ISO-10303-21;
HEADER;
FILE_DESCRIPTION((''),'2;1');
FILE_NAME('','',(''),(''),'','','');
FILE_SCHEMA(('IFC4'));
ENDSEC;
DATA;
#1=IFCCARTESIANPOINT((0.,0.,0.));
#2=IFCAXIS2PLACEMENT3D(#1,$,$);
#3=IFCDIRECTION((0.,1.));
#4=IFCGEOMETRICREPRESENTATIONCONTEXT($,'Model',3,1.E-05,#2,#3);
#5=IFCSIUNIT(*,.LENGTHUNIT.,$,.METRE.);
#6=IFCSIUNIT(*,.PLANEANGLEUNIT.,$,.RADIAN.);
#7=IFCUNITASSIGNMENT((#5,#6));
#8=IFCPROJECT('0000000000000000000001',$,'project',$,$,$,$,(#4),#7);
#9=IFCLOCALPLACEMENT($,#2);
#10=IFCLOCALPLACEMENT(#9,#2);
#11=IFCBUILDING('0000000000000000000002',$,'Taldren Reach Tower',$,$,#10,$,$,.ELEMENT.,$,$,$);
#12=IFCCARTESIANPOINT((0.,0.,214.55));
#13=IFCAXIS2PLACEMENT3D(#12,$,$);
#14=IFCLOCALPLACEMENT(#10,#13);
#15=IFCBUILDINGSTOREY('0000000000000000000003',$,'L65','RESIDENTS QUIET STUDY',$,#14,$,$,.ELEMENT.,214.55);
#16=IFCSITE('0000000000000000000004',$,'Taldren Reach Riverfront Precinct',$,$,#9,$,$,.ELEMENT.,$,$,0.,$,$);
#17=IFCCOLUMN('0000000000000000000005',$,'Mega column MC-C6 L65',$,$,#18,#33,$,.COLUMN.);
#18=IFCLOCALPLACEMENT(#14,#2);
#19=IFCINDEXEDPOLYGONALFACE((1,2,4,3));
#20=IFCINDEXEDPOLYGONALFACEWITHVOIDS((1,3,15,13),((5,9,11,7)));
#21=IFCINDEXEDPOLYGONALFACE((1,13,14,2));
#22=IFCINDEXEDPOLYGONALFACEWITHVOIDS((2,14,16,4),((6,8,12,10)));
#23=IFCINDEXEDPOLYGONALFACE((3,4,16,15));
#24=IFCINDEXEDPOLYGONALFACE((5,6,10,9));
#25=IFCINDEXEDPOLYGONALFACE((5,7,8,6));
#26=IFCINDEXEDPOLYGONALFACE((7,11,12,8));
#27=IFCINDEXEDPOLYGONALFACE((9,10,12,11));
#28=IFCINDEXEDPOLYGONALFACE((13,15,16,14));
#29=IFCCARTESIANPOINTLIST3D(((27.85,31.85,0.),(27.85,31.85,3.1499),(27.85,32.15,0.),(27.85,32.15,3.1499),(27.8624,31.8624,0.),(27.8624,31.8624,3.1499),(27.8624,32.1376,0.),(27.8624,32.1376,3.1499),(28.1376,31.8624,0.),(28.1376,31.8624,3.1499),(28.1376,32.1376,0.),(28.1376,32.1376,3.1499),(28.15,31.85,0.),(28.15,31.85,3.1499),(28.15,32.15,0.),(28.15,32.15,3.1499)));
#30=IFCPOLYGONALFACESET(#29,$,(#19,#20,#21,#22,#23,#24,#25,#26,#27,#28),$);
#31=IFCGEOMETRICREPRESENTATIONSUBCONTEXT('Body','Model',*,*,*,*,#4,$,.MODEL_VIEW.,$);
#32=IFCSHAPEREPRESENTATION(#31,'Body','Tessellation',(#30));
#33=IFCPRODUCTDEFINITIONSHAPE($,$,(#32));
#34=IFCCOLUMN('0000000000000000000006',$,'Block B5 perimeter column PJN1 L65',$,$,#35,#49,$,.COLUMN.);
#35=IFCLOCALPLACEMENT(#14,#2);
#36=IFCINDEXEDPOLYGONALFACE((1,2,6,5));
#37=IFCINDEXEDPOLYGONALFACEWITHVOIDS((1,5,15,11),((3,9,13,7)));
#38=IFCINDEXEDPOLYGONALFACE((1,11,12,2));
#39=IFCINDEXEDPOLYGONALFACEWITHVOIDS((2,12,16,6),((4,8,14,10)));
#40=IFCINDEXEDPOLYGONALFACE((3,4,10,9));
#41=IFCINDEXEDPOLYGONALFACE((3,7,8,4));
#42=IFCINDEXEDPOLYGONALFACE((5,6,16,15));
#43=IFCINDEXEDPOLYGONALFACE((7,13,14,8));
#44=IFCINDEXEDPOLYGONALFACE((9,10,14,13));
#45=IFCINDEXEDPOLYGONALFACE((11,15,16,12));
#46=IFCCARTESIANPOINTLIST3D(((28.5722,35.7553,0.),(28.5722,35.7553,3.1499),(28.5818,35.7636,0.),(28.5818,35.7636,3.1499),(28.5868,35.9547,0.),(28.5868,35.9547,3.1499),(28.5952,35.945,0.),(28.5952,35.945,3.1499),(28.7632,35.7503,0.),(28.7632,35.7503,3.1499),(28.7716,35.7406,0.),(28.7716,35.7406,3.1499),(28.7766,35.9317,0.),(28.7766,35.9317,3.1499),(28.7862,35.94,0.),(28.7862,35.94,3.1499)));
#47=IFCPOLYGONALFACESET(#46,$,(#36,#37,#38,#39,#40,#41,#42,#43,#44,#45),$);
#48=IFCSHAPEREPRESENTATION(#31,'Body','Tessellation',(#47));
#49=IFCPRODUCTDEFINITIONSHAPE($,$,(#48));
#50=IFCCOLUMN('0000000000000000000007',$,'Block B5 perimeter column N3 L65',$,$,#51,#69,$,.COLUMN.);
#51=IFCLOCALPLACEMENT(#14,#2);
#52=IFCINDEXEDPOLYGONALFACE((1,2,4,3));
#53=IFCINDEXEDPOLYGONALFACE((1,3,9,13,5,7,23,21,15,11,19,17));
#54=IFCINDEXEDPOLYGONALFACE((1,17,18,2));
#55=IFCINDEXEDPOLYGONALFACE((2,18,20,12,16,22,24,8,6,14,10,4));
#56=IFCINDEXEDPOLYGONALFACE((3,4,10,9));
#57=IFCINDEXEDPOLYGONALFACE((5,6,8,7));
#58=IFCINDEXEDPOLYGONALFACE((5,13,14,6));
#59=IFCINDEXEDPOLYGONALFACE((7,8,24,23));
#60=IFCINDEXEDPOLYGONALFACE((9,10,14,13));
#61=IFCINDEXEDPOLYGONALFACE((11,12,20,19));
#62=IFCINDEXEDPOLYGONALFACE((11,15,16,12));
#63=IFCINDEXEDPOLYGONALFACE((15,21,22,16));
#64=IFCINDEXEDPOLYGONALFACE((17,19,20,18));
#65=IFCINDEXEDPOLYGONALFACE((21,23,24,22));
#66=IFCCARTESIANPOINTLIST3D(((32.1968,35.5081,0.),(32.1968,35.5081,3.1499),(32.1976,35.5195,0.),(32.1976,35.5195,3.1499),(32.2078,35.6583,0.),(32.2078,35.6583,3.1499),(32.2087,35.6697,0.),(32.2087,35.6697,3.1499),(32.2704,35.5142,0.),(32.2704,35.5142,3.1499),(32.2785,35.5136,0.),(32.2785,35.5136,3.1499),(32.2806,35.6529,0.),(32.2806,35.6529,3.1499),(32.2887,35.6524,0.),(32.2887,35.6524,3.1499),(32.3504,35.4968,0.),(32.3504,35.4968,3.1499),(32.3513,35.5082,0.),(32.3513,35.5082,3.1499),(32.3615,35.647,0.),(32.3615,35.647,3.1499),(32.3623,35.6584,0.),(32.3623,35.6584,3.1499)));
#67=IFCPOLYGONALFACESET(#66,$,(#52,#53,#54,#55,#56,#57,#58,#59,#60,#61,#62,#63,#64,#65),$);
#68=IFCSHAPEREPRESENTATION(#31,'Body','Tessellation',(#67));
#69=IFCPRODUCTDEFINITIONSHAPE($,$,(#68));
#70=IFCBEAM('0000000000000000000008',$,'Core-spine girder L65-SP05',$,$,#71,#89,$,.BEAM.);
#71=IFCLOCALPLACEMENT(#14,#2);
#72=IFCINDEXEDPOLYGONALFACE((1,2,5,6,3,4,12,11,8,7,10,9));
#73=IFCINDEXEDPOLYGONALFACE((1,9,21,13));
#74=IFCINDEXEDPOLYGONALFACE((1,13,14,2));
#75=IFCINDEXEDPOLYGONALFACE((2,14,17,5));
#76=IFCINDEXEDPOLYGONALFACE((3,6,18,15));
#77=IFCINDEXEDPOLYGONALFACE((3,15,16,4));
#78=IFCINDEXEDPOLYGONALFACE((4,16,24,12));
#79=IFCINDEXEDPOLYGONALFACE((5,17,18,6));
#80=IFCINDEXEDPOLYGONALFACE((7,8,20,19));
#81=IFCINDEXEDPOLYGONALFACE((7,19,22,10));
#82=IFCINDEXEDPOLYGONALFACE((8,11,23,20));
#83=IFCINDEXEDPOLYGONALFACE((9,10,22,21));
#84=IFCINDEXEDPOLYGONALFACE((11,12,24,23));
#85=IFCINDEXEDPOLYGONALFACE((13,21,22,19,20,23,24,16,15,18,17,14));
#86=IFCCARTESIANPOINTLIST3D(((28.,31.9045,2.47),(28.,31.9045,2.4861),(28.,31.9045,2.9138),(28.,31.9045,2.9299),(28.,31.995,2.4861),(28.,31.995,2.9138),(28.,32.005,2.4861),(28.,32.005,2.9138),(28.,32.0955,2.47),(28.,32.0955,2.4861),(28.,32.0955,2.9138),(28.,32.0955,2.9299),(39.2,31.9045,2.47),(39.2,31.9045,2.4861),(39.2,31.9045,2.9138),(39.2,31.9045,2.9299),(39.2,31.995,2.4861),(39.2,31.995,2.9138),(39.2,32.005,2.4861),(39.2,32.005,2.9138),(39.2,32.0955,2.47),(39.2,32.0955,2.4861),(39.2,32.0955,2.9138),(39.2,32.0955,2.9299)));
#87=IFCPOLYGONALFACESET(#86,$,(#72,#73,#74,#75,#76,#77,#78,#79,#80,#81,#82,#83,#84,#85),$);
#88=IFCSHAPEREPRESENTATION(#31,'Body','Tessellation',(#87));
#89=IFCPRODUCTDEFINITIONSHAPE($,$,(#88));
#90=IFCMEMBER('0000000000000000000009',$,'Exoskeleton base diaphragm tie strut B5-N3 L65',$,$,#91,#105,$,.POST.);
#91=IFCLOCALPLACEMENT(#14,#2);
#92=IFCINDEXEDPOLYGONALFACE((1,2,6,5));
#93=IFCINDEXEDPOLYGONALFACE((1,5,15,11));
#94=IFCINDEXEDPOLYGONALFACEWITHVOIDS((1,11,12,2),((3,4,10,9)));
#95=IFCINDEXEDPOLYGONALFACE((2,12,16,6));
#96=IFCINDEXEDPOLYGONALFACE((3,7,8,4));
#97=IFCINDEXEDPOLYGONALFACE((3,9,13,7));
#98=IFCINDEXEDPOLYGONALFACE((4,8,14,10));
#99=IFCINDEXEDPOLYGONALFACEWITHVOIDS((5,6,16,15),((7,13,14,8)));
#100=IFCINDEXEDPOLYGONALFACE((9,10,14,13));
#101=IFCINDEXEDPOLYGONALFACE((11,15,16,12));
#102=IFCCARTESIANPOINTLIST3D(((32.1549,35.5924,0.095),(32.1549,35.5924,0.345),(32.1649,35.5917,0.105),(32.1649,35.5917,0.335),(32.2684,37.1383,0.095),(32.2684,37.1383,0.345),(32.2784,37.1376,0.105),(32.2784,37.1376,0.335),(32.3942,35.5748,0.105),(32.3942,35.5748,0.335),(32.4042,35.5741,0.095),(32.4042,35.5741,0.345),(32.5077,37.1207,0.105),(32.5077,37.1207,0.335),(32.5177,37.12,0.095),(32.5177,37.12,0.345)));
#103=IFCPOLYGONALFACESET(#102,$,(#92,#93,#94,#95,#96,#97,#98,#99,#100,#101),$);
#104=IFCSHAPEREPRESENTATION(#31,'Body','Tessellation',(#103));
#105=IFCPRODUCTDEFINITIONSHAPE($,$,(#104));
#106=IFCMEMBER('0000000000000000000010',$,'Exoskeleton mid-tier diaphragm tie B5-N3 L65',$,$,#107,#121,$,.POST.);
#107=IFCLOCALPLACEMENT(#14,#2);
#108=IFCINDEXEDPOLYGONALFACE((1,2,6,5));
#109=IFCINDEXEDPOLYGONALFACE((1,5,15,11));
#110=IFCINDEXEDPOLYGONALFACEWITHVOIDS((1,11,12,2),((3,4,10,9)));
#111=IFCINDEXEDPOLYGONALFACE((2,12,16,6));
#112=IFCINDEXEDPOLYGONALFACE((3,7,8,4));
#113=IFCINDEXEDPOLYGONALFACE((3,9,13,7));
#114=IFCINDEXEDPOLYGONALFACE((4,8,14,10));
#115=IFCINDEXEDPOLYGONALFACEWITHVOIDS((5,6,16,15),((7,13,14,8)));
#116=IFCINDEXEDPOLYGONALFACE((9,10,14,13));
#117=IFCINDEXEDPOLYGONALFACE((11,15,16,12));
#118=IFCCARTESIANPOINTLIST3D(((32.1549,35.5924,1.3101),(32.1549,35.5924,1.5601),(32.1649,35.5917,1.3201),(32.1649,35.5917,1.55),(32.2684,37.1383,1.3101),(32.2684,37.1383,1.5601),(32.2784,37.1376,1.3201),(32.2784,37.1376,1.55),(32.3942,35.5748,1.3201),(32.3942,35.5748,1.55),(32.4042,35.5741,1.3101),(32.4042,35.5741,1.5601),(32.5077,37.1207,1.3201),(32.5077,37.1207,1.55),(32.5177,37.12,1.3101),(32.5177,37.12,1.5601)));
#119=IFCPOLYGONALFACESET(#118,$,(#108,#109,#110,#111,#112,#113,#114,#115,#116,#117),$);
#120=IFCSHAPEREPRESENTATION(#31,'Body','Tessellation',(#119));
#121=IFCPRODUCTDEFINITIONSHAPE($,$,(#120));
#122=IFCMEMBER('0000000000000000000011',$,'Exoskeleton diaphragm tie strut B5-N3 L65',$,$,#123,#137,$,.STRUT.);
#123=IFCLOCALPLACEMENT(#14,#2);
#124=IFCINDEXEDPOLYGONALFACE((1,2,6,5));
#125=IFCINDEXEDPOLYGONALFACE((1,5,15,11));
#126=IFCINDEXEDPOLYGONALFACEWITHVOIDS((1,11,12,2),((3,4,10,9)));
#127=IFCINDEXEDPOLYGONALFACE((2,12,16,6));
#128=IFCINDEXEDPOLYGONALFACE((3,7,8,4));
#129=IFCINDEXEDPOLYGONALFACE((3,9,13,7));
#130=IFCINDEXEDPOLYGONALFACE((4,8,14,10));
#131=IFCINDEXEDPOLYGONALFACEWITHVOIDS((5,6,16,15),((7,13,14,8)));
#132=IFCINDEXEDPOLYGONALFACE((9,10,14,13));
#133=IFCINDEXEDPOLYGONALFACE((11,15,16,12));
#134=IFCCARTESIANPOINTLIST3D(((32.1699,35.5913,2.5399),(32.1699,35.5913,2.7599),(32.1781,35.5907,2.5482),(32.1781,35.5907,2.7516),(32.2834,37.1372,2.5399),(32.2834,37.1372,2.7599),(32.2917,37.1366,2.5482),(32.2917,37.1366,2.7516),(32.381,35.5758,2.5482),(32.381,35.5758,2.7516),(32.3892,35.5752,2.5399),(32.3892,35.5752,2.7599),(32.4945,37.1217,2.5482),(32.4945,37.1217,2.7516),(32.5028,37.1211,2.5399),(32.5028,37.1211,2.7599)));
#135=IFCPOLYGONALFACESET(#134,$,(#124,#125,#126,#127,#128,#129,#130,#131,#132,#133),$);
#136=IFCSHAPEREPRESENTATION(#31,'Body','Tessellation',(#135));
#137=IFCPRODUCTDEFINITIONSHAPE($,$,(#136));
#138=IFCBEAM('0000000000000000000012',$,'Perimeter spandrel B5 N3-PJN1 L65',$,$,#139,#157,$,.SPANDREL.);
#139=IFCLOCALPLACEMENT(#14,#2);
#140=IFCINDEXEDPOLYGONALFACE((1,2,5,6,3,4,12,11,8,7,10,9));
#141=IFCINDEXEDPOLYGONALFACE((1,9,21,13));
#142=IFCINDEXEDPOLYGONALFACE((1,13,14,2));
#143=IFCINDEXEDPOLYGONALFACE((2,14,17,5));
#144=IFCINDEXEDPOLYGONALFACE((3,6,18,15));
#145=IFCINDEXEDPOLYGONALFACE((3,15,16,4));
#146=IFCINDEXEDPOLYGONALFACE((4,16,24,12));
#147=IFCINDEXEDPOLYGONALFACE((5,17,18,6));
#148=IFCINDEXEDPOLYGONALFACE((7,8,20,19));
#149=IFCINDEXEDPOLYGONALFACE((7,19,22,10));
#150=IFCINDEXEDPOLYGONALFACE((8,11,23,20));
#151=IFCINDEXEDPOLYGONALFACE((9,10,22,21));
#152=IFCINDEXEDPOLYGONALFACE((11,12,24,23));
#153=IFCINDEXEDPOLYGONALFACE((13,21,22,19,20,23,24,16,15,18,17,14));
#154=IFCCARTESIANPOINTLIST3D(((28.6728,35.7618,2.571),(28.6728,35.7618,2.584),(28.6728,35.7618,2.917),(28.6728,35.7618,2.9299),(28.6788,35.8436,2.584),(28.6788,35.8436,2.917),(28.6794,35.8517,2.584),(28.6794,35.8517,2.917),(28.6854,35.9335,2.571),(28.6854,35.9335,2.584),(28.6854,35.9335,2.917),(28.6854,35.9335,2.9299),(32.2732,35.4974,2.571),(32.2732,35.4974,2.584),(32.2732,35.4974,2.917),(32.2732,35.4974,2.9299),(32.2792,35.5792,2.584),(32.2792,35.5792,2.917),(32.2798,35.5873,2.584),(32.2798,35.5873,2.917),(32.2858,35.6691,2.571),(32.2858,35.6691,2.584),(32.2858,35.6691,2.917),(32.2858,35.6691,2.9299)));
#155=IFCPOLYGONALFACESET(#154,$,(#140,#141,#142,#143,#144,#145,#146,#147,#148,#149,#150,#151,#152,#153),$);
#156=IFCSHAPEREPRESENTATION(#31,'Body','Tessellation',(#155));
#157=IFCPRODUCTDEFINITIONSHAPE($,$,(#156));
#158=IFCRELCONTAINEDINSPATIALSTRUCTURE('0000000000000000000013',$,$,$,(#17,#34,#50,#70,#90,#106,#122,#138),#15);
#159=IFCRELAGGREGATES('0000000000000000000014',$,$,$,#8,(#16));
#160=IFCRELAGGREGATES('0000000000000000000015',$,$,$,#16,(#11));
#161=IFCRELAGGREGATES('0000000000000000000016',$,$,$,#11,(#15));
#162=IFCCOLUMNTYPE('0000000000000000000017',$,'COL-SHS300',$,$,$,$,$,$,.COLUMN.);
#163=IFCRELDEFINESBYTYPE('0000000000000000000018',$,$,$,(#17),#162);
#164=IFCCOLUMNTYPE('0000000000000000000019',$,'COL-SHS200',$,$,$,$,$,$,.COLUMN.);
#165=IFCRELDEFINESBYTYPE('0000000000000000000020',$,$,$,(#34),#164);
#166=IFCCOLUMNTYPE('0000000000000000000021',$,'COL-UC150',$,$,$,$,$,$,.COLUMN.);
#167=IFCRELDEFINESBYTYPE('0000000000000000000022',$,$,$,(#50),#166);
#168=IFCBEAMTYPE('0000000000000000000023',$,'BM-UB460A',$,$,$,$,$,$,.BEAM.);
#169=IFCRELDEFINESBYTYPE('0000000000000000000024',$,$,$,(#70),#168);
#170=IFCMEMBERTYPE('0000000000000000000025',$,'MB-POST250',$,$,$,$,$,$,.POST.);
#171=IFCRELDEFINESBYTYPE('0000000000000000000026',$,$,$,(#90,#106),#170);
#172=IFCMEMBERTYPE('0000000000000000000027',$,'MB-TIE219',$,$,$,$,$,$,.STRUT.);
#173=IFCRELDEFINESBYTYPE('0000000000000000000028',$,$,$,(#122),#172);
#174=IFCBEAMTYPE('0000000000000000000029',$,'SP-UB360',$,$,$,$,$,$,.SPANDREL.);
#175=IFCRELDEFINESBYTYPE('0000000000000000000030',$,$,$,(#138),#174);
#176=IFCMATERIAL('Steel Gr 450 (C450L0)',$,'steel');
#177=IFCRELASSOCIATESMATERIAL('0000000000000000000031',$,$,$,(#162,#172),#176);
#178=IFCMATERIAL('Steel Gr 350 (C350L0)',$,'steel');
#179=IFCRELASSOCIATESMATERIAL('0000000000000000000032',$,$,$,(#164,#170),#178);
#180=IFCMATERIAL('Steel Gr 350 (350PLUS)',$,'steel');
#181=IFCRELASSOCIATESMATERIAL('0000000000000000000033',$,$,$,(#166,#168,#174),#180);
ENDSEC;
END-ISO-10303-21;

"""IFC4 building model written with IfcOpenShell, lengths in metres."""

from ifc_helpers import new_model, si_unit, direction, frame, origin, origin_2d, place, context, subcontext, project, spatial, hollow_rectangle, i_section, extrude, source, transform, mapped, material, material_profile, profile_set, type_object, element, save


model = new_model("IFC4")

# Units and contexts
model_context = context("Model", 3, precision=1e-05, world=origin(), true_north=direction((0.0, 1.0)))
body_context = subcontext(model_context, "Body", "Model", "MODEL_VIEW")
ifc_project = project(units=[si_unit("LENGTHUNIT", "METRE"), si_unit("PLANEANGLEUNIT", "RADIAN")], contexts=[model_context])

# Site, building, storey
site_placement = place(None, origin())
site = spatial("IfcSite", under=ifc_project, at=site_placement, Name="Taldren Reach Riverfront Precinct", CompositionType="ELEMENT", RefElevation=0.0)
building_placement = place(site_placement, origin())
building = spatial("IfcBuilding", under=site, at=building_placement, Name="Taldren Reach Tower", CompositionType="ELEMENT")
storey_placement = place(building_placement, frame((0.0, 0.0, 214.55)))
storey = spatial("IfcBuildingStorey", under=building, at=storey_placement, Name="L65", Description="RESIDENTS QUIET STUDY", CompositionType="ELEMENT", Elevation=214.55)

# Columns
ifc_material_1 = material(Name="Steel Gr 450 (C450L0)", Category="steel")
ifc_material_profile_1 = material_profile(ifc_material_1, hollow_rectangle(XDim=0.3, YDim=0.3, WallThickness=0.0125, at=origin_2d()), Name="300x300x12.5SHS")
ifc_profile_set_1 = profile_set([ifc_material_profile_1], Name="Steel Gr 450 (C450L0)")
column_type_1 = type_object("IfcColumnType", Name="COL-SHS300", PredefinedType="COLUMN", material=ifc_profile_set_1)
shared_shape_1 = source(origin(), body_context, "Body", "SweptSolid", [
    extrude(hollow_rectangle(XDim=0.3, YDim=0.3, WallThickness=0.0125, at=origin_2d()), origin(), (0.0, 0.0, 1.0), 3.1499),
])
column_1_placement = place(storey_placement, frame((28.0, 32.0, 0.0), z_axis=(0.0, 0.0, 1.0), x_axis=(1.0, 0.0, 0.0)))
element("IfcColumn", 1, at=column_1_placement, inside=storey, type_object=column_type_1, Name="Mega column MC-C6 L65", PredefinedType="COLUMN", context=body_context, shape_type="MappedRepresentation", body=[
    mapped(shared_shape_1, transform((0.0, 0.0, 0.0), scale=1.0)),
])
ifc_material_2 = material(Name="Steel Gr 350 (C350L0)", Category="steel")
ifc_material_profile_2 = material_profile(ifc_material_2, hollow_rectangle(XDim=0.2, YDim=0.2, WallThickness=0.009, at=origin_2d()), Name="200x200x9.0SHS")
ifc_profile_set_2 = profile_set([ifc_material_profile_2], Name="Steel Gr 350 (C350L0)")
column_type_2 = type_object("IfcColumnType", Name="COL-SHS200", PredefinedType="COLUMN", material=ifc_profile_set_2)
shared_shape_2 = source(origin(), body_context, "Body", "SweptSolid", [
    extrude(hollow_rectangle(XDim=0.2, YDim=0.2, WallThickness=0.009, at=origin_2d()), origin(), (0.0, 0.0, 1.0), 3.1499),
])
column_2_placement = place(storey_placement, frame((28.6792, 35.8477, 0.0), z_axis=(0.0, 0.0, 1.0), x_axis=(0.997314, -0.073238, 0.0)))
element("IfcColumn", 2, at=column_2_placement, inside=storey, type_object=column_type_2, Name="Block B5 perimeter column PJN1 L65", PredefinedType="COLUMN", context=body_context, shape_type="MappedRepresentation", body=[
    mapped(shared_shape_2, transform((0.0, 0.0, 0.0), scale=1.0)),
])
ifc_material_3 = material(Name="Steel Gr 350 (350PLUS)", Category="steel")
ifc_material_profile_3 = material_profile(ifc_material_3, i_section(OverallWidth=0.1541, OverallDepth=0.1621, WebThickness=0.0081, FlangeThickness=0.0115, at=origin_2d()), Name="150UC37.2")
ifc_profile_set_3 = profile_set([ifc_material_profile_3], Name="Steel Gr 350 (350PLUS)")
column_type_3 = type_object("IfcColumnType", Name="COL-UC150", PredefinedType="COLUMN", material=ifc_profile_set_3)
shared_shape_3 = source(origin(), body_context, "Body", "SweptSolid", [
    extrude(i_section(OverallWidth=0.1541, OverallDepth=0.1621, WebThickness=0.0081, FlangeThickness=0.0115, at=origin_2d()), origin(), (0.0, 0.0, 1.0), 3.1499),
])
column_3_placement = place(storey_placement, frame((32.2795, 35.5833, 0.0), z_axis=(0.0, 0.0, 1.0), x_axis=(0.997314, -0.073238, 0.0)))
element("IfcColumn", 3, at=column_3_placement, inside=storey, type_object=column_type_3, Name="Block B5 perimeter column N3 L65", PredefinedType="COLUMN", context=body_context, shape_type="MappedRepresentation", body=[
    mapped(shared_shape_3, transform((0.0, 0.0, 0.0), scale=1.0)),
])

# Beam
ifc_material_profile_4 = material_profile(ifc_material_3, i_section(OverallWidth=0.1909, OverallDepth=0.46, WebThickness=0.01, FlangeThickness=0.0161, at=origin_2d()), Name="460UB82.1")
ifc_profile_set_4 = profile_set([ifc_material_profile_4], Name="Steel Gr 350 (350PLUS)")
beam_type_1 = type_object("IfcBeamType", Name="BM-UB460A", PredefinedType="BEAM", material=ifc_profile_set_4)
shared_shape_4 = source(origin(), body_context, "Body", "SweptSolid", [
    extrude(i_section(OverallWidth=0.1909, OverallDepth=0.46, WebThickness=0.01, FlangeThickness=0.0161, at=origin_2d()), origin(), (0.0, 0.0, 1.0), 11.2),
])
beam_1_placement = place(storey_placement, frame((28.0, 32.0, 2.7), z_axis=(1.0, 0.0, 0.0), x_axis=(0.0, 1.0, 0.0)))
element("IfcBeam", 4, at=beam_1_placement, inside=storey, type_object=beam_type_1, Name="Core-spine girder L65-SP05", PredefinedType="BEAM", context=body_context, shape_type="MappedRepresentation", body=[
    mapped(shared_shape_4, transform((0.0, 0.0, 0.0), scale=1.0)),
])

# Members
ifc_material_profile_5 = material_profile(ifc_material_2, hollow_rectangle(XDim=0.25, YDim=0.25, WallThickness=0.01, at=origin_2d()), Name="250x250x10.0SHS")
ifc_profile_set_5 = profile_set([ifc_material_profile_5], Name="Steel Gr 350 (C350L0)")
member_type_1 = type_object("IfcMemberType", Name="MB-POST250", PredefinedType="POST", material=ifc_profile_set_5)
shared_shape_5 = source(origin(), body_context, "Body", "SweptSolid", [
    extrude(hollow_rectangle(XDim=0.25, YDim=0.25, WallThickness=0.01, at=origin_2d()), origin(), (0.0, 0.0, 1.0), 1.55),
])
for number, where, z_axis, x_axis, name in (
    (5, (32.2795, 35.5833, 0.22), (0.073239, 0.997314, 0.0), (-0.997314, 0.073239, 0.0), "Exoskeleton base diaphragm tie strut B5-N3 L65"),
    (6, (32.2795, 35.5833, 1.4351), (0.073239, 0.997314, 0.0), (-0.997314, 0.073239, 0.0), "Exoskeleton mid-tier diaphragm tie B5-N3 L65"),
):
    element("IfcMember", number, at=place(storey_placement, frame(where, z_axis=z_axis, x_axis=x_axis)), inside=storey, type_object=member_type_1, Name=name, PredefinedType="POST", context=body_context, shape_type="MappedRepresentation", body=[
        mapped(shared_shape_5, transform((0.0, 0.0, 0.0), scale=1.0)),
    ])
ifc_material_profile_6 = material_profile(ifc_material_1, hollow_rectangle(XDim=0.22, YDim=0.22, WallThickness=0.0083, at=origin_2d()), Name="220x220x8.2SHS")
ifc_profile_set_6 = profile_set([ifc_material_profile_6], Name="Steel Gr 450 (C450L0)")
member_type_2 = type_object("IfcMemberType", Name="MB-TIE219", PredefinedType="STRUT", material=ifc_profile_set_6)
shared_shape_6 = source(origin(), body_context, "Body", "SweptSolid", [
    extrude(hollow_rectangle(XDim=0.22, YDim=0.22, WallThickness=0.0083, at=origin_2d()), origin(), (0.0, 0.0, 1.0), 1.55),
])
member_placement = place(storey_placement, frame((32.2795, 35.5833, 2.6499), z_axis=(0.073239, 0.997314, 0.0), x_axis=(-0.997314, 0.073239, 0.0)))
element("IfcMember", 7, at=member_placement, inside=storey, type_object=member_type_2, Name="Exoskeleton diaphragm tie strut B5-N3 L65", PredefinedType="STRUT", context=body_context, shape_type="MappedRepresentation", body=[
    mapped(shared_shape_6, transform((0.0, 0.0, 0.0), scale=1.0)),
])

# Beam
ifc_material_profile_7 = material_profile(ifc_material_3, i_section(OverallWidth=0.1721, OverallDepth=0.3589, WebThickness=0.0081, FlangeThickness=0.0129, at=origin_2d()), Name="360UB56.7")
ifc_profile_set_7 = profile_set([ifc_material_profile_7], Name="Steel Gr 350 (350PLUS)")
beam_type_2 = type_object("IfcBeamType", Name="SP-UB360", PredefinedType="SPANDREL", material=ifc_profile_set_7)
shared_shape_7 = source(origin(), body_context, "Body", "SweptSolid", [
    extrude(i_section(OverallWidth=0.1721, OverallDepth=0.3589, WebThickness=0.0081, FlangeThickness=0.0129, at=origin_2d()), origin(), (0.0, 0.0, 1.0), 3.6101),
])
beam_2_placement = place(storey_placement, frame((32.2795, 35.5833, 2.7505), z_axis=(-0.997314, 0.073241, 0.0), x_axis=(-0.073241, -0.997314, 0.0)))
element("IfcBeam", 8, at=beam_2_placement, inside=storey, type_object=beam_type_2, Name="Perimeter spandrel B5 N3-PJN1 L65", PredefinedType="SPANDREL", context=body_context, shape_type="MappedRepresentation", body=[
    mapped(shared_shape_7, transform((0.0, 0.0, 0.0), scale=1.0)),
])

save(model, "model.ifc")
